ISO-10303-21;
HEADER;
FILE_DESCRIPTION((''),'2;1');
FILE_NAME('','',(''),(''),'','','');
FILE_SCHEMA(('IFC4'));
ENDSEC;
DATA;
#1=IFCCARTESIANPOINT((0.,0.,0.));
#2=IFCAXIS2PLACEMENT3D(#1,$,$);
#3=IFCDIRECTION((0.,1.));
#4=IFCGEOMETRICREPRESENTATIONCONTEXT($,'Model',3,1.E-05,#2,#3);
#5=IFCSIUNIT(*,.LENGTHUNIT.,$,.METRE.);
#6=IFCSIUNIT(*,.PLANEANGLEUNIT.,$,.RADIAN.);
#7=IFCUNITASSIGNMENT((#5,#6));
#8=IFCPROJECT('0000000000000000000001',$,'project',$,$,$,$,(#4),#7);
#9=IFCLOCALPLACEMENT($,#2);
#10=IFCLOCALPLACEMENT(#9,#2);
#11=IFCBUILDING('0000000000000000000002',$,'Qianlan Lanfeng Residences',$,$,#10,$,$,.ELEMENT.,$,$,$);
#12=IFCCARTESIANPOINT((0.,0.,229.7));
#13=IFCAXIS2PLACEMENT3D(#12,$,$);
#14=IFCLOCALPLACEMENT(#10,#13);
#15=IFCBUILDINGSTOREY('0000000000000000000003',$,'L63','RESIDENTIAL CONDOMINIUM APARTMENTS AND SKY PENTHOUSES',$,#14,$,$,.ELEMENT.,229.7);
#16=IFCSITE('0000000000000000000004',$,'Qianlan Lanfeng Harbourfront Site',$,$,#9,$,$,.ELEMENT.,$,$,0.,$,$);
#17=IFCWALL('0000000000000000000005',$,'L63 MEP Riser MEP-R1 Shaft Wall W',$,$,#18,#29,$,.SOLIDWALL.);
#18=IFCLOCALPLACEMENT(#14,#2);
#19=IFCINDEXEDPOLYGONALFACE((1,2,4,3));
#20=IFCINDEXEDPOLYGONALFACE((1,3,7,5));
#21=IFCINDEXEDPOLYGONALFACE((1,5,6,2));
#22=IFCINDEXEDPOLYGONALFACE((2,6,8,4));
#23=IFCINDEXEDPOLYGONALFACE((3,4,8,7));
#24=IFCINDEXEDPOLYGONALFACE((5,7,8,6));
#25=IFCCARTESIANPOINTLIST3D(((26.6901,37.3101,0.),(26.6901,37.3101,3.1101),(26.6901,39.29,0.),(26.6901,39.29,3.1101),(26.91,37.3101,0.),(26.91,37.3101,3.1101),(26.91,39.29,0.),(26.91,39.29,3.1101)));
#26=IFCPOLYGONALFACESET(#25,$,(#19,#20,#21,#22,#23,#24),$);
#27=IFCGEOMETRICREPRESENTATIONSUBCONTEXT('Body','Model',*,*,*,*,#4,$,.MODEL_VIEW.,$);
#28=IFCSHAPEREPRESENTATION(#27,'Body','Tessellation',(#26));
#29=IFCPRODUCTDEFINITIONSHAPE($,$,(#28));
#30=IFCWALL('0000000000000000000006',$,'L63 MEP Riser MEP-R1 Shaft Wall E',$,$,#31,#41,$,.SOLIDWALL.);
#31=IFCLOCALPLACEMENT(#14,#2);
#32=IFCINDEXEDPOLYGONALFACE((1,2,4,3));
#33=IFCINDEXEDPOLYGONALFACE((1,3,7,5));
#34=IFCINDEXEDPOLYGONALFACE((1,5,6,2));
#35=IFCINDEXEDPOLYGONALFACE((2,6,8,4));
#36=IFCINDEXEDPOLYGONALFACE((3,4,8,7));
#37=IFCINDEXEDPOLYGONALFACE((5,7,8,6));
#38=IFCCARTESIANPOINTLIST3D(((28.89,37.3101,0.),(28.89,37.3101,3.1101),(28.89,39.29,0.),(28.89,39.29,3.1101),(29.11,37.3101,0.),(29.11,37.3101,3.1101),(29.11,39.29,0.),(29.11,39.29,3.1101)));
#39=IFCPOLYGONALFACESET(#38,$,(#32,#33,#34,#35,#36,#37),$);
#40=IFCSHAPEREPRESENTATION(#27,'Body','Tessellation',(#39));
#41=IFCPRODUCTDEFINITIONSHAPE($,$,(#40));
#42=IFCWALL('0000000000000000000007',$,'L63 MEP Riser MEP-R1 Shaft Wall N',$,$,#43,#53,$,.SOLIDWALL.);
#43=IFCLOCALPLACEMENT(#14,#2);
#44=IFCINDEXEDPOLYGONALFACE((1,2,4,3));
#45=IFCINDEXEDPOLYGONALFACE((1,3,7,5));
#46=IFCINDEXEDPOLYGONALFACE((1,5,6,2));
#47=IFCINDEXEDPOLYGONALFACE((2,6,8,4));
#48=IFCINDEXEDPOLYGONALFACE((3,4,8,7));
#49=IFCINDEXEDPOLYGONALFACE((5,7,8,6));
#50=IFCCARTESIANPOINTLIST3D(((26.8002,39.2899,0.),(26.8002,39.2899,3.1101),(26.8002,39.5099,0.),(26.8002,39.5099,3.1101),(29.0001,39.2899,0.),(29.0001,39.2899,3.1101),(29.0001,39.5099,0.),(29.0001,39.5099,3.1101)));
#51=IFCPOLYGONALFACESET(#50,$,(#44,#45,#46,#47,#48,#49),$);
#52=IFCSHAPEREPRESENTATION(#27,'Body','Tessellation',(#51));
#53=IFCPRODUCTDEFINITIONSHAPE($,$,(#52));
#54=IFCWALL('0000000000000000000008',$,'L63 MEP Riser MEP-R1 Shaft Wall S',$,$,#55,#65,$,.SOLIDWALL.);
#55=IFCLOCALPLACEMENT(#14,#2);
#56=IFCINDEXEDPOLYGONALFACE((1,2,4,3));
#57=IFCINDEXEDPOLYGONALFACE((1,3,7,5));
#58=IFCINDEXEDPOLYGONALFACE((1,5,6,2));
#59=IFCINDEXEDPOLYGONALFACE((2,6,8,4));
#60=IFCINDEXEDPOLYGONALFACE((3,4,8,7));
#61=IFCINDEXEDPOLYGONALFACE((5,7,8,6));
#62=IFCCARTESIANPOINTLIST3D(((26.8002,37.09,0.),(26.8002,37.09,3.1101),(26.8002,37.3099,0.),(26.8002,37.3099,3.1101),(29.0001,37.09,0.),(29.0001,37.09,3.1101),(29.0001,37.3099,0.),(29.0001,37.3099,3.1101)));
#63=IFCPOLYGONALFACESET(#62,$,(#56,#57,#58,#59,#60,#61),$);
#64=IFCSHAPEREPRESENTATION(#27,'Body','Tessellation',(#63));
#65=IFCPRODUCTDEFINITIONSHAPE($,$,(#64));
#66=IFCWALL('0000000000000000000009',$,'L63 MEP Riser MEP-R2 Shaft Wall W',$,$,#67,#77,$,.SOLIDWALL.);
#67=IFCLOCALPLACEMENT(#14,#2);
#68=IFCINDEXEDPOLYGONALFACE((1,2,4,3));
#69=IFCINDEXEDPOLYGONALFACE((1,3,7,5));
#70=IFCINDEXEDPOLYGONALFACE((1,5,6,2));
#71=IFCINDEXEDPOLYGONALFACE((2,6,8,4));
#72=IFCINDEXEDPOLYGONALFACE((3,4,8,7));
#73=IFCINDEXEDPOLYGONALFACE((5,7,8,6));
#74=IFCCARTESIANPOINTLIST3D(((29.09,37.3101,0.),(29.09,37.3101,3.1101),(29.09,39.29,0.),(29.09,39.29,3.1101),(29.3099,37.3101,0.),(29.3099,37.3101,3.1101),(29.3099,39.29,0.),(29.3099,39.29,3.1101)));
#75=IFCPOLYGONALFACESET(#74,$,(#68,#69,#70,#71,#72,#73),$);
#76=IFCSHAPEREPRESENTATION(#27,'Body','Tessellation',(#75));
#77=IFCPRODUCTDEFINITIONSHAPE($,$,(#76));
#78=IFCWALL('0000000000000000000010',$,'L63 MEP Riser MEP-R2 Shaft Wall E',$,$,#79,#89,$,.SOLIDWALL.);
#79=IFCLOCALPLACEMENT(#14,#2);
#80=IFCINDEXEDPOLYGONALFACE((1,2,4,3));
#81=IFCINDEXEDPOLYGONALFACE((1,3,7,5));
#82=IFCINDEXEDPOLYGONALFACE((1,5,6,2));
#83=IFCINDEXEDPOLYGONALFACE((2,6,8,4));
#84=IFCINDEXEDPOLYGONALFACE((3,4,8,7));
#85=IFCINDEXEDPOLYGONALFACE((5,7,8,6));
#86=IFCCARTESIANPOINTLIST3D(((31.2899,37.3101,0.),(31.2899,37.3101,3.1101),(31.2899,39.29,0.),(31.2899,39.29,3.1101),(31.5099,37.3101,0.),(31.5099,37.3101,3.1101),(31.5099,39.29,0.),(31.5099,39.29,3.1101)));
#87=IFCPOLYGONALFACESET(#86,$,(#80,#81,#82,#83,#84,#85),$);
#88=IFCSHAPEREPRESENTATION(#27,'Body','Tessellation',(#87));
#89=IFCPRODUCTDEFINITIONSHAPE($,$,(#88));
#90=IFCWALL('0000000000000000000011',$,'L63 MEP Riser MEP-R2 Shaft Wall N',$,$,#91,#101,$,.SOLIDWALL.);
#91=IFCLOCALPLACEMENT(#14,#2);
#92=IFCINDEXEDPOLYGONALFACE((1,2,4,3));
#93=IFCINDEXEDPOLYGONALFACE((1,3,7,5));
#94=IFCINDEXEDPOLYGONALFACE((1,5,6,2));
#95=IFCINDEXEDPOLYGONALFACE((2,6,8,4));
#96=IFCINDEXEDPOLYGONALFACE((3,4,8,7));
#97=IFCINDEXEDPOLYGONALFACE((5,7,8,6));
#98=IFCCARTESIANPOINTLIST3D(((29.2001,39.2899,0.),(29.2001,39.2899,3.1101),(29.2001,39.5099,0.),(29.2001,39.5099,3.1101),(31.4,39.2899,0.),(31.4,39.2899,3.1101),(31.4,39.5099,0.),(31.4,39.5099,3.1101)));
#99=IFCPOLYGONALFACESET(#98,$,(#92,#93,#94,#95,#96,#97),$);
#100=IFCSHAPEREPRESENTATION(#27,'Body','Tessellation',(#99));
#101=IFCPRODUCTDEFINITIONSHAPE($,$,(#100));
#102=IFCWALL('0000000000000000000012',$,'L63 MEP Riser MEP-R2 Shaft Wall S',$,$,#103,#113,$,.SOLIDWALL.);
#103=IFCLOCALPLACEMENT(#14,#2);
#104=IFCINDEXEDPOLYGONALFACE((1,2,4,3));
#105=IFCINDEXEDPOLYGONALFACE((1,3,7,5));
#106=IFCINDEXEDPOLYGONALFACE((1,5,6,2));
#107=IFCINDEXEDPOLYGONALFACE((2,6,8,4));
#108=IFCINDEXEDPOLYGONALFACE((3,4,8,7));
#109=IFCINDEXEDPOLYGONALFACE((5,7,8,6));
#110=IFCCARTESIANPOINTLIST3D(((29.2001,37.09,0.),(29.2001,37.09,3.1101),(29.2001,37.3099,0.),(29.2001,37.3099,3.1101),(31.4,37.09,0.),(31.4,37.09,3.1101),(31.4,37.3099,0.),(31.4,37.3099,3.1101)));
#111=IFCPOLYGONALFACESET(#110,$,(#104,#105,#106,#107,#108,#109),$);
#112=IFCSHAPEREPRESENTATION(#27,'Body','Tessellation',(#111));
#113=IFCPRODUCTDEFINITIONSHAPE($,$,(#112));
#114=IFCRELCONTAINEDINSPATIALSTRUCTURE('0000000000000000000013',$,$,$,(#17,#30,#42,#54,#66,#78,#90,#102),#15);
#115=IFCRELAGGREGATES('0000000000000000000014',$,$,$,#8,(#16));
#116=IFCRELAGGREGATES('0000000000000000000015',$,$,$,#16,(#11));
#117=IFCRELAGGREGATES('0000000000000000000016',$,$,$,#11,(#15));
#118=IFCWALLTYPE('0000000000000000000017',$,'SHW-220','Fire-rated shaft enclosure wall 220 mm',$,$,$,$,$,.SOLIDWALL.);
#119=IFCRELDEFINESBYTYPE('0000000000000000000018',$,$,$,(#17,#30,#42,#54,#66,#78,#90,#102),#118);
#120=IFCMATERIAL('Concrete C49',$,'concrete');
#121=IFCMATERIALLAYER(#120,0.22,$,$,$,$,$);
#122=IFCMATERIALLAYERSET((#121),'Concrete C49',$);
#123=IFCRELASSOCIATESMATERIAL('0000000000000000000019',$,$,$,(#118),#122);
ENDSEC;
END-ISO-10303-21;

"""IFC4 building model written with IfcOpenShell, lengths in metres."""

from ifc_helpers import new_model, si_unit, direction, frame, frame_2d, origin, place, context, subcontext, project, spatial, rectangle, extrude, material, layer, layer_set, type_object, element, save


model = new_model("IFC4")

# Units and contexts
model_context = context("Model", 3, precision=1e-05, world=origin(), true_north=direction((0.0, 1.0)))
body_context = subcontext(model_context, "Body", "Model", "MODEL_VIEW")
ifc_project = project(units=[si_unit("LENGTHUNIT", "METRE"), si_unit("PLANEANGLEUNIT", "RADIAN")], contexts=[model_context])

# Site, building, storey
site_placement = place(None, origin())
site = spatial("IfcSite", under=ifc_project, at=site_placement, Name="Qianlan Lanfeng Harbourfront Site", CompositionType="ELEMENT", RefElevation=0.0)
building_placement = place(site_placement, origin())
building = spatial("IfcBuilding", under=site, at=building_placement, Name="Qianlan Lanfeng Residences", CompositionType="ELEMENT")
storey_placement = place(building_placement, frame((0.0, 0.0, 229.7)))
storey = spatial("IfcBuildingStorey", under=building, at=storey_placement, Name="L63", Description="RESIDENTIAL CONDOMINIUM APARTMENTS AND SKY PENTHOUSES", CompositionType="ELEMENT", Elevation=229.7)

# Walls
ifc_material_1 = material(Name="Concrete C49", Category="concrete")
ifc_layer_1 = layer(ifc_material_1, 0.22)
ifc_layer_set_1 = layer_set([ifc_layer_1], Name="Concrete C49")
wall_type_1 = type_object("IfcWallType", Name="SHW-220", Description="Fire-rated shaft enclosure wall 220 mm", PredefinedType="SOLIDWALL", material=ifc_layer_set_1)
for number, where, z_axis, x_axis, name in (
    (1, (26.8, 37.3101, 0.0), (0.0, 0.0, 1.0), (0.0, 1.0, 0.0), "L63 MEP Riser MEP-R1 Shaft Wall W"),
    (2, (29.0, 37.3101, 0.0), (0.0, 0.0, 1.0), (0.0, 1.0, 0.0), "L63 MEP Riser MEP-R1 Shaft Wall E"),
):
    element("IfcWall", number, at=place(storey_placement, frame(where, z_axis=z_axis, x_axis=x_axis)), inside=storey, type_object=wall_type_1, Name=name, PredefinedType="SOLIDWALL", context=body_context, shape_type="SweptSolid", body=[
        extrude(rectangle(XDim=1.98, YDim=0.22, at=frame_2d((0.99, 0.0))), origin(), (0.0, 0.0, 1.0), 3.1101),
    ])
for number, where, z_axis, x_axis, name in (
    (3, (26.8, 39.3999, 0.0), (0.0, 0.0, 1.0), (1.0, 0.0, 0.0), "L63 MEP Riser MEP-R1 Shaft Wall N"),
    (4, (26.8, 37.2, 0.0), (0.0, 0.0, 1.0), (1.0, 0.0, 0.0), "L63 MEP Riser MEP-R1 Shaft Wall S"),
):
    element("IfcWall", number, at=place(storey_placement, frame(where, z_axis=z_axis, x_axis=x_axis)), inside=storey, type_object=wall_type_1, Name=name, PredefinedType="SOLIDWALL", context=body_context, shape_type="SweptSolid", body=[
        extrude(rectangle(XDim=2.2, YDim=0.22, at=frame_2d((1.1001, 0.0))), origin(), (0.0, 0.0, 1.0), 3.1101),
    ])
for number, where, z_axis, x_axis, name in (
    (5, (29.2, 37.3101, 0.0), (0.0, 0.0, 1.0), (0.0, 1.0, 0.0), "L63 MEP Riser MEP-R2 Shaft Wall W"),
    (6, (31.3999, 37.3101, 0.0), (0.0, 0.0, 1.0), (0.0, 1.0, 0.0), "L63 MEP Riser MEP-R2 Shaft Wall E"),
):
    element("IfcWall", number, at=place(storey_placement, frame(where, z_axis=z_axis, x_axis=x_axis)), inside=storey, type_object=wall_type_1, Name=name, PredefinedType="SOLIDWALL", context=body_context, shape_type="SweptSolid", body=[
        extrude(rectangle(XDim=1.98, YDim=0.22, at=frame_2d((0.99, 0.0))), origin(), (0.0, 0.0, 1.0), 3.1101),
    ])
for number, where, z_axis, x_axis, name in (
    (7, (29.2, 39.3999, 0.0), (0.0, 0.0, 1.0), (1.0, 0.0, 0.0), "L63 MEP Riser MEP-R2 Shaft Wall N"),
    (8, (29.2, 37.2, 0.0), (0.0, 0.0, 1.0), (1.0, 0.0, 0.0), "L63 MEP Riser MEP-R2 Shaft Wall S"),
):
    element("IfcWall", number, at=place(storey_placement, frame(where, z_axis=z_axis, x_axis=x_axis)), inside=storey, type_object=wall_type_1, Name=name, PredefinedType="SOLIDWALL", context=body_context, shape_type="SweptSolid", body=[
        extrude(rectangle(XDim=2.2, YDim=0.22, at=frame_2d((1.1001, 0.0))), origin(), (0.0, 0.0, 1.0), 3.1101),
    ])

save(model, "model.ifc")
